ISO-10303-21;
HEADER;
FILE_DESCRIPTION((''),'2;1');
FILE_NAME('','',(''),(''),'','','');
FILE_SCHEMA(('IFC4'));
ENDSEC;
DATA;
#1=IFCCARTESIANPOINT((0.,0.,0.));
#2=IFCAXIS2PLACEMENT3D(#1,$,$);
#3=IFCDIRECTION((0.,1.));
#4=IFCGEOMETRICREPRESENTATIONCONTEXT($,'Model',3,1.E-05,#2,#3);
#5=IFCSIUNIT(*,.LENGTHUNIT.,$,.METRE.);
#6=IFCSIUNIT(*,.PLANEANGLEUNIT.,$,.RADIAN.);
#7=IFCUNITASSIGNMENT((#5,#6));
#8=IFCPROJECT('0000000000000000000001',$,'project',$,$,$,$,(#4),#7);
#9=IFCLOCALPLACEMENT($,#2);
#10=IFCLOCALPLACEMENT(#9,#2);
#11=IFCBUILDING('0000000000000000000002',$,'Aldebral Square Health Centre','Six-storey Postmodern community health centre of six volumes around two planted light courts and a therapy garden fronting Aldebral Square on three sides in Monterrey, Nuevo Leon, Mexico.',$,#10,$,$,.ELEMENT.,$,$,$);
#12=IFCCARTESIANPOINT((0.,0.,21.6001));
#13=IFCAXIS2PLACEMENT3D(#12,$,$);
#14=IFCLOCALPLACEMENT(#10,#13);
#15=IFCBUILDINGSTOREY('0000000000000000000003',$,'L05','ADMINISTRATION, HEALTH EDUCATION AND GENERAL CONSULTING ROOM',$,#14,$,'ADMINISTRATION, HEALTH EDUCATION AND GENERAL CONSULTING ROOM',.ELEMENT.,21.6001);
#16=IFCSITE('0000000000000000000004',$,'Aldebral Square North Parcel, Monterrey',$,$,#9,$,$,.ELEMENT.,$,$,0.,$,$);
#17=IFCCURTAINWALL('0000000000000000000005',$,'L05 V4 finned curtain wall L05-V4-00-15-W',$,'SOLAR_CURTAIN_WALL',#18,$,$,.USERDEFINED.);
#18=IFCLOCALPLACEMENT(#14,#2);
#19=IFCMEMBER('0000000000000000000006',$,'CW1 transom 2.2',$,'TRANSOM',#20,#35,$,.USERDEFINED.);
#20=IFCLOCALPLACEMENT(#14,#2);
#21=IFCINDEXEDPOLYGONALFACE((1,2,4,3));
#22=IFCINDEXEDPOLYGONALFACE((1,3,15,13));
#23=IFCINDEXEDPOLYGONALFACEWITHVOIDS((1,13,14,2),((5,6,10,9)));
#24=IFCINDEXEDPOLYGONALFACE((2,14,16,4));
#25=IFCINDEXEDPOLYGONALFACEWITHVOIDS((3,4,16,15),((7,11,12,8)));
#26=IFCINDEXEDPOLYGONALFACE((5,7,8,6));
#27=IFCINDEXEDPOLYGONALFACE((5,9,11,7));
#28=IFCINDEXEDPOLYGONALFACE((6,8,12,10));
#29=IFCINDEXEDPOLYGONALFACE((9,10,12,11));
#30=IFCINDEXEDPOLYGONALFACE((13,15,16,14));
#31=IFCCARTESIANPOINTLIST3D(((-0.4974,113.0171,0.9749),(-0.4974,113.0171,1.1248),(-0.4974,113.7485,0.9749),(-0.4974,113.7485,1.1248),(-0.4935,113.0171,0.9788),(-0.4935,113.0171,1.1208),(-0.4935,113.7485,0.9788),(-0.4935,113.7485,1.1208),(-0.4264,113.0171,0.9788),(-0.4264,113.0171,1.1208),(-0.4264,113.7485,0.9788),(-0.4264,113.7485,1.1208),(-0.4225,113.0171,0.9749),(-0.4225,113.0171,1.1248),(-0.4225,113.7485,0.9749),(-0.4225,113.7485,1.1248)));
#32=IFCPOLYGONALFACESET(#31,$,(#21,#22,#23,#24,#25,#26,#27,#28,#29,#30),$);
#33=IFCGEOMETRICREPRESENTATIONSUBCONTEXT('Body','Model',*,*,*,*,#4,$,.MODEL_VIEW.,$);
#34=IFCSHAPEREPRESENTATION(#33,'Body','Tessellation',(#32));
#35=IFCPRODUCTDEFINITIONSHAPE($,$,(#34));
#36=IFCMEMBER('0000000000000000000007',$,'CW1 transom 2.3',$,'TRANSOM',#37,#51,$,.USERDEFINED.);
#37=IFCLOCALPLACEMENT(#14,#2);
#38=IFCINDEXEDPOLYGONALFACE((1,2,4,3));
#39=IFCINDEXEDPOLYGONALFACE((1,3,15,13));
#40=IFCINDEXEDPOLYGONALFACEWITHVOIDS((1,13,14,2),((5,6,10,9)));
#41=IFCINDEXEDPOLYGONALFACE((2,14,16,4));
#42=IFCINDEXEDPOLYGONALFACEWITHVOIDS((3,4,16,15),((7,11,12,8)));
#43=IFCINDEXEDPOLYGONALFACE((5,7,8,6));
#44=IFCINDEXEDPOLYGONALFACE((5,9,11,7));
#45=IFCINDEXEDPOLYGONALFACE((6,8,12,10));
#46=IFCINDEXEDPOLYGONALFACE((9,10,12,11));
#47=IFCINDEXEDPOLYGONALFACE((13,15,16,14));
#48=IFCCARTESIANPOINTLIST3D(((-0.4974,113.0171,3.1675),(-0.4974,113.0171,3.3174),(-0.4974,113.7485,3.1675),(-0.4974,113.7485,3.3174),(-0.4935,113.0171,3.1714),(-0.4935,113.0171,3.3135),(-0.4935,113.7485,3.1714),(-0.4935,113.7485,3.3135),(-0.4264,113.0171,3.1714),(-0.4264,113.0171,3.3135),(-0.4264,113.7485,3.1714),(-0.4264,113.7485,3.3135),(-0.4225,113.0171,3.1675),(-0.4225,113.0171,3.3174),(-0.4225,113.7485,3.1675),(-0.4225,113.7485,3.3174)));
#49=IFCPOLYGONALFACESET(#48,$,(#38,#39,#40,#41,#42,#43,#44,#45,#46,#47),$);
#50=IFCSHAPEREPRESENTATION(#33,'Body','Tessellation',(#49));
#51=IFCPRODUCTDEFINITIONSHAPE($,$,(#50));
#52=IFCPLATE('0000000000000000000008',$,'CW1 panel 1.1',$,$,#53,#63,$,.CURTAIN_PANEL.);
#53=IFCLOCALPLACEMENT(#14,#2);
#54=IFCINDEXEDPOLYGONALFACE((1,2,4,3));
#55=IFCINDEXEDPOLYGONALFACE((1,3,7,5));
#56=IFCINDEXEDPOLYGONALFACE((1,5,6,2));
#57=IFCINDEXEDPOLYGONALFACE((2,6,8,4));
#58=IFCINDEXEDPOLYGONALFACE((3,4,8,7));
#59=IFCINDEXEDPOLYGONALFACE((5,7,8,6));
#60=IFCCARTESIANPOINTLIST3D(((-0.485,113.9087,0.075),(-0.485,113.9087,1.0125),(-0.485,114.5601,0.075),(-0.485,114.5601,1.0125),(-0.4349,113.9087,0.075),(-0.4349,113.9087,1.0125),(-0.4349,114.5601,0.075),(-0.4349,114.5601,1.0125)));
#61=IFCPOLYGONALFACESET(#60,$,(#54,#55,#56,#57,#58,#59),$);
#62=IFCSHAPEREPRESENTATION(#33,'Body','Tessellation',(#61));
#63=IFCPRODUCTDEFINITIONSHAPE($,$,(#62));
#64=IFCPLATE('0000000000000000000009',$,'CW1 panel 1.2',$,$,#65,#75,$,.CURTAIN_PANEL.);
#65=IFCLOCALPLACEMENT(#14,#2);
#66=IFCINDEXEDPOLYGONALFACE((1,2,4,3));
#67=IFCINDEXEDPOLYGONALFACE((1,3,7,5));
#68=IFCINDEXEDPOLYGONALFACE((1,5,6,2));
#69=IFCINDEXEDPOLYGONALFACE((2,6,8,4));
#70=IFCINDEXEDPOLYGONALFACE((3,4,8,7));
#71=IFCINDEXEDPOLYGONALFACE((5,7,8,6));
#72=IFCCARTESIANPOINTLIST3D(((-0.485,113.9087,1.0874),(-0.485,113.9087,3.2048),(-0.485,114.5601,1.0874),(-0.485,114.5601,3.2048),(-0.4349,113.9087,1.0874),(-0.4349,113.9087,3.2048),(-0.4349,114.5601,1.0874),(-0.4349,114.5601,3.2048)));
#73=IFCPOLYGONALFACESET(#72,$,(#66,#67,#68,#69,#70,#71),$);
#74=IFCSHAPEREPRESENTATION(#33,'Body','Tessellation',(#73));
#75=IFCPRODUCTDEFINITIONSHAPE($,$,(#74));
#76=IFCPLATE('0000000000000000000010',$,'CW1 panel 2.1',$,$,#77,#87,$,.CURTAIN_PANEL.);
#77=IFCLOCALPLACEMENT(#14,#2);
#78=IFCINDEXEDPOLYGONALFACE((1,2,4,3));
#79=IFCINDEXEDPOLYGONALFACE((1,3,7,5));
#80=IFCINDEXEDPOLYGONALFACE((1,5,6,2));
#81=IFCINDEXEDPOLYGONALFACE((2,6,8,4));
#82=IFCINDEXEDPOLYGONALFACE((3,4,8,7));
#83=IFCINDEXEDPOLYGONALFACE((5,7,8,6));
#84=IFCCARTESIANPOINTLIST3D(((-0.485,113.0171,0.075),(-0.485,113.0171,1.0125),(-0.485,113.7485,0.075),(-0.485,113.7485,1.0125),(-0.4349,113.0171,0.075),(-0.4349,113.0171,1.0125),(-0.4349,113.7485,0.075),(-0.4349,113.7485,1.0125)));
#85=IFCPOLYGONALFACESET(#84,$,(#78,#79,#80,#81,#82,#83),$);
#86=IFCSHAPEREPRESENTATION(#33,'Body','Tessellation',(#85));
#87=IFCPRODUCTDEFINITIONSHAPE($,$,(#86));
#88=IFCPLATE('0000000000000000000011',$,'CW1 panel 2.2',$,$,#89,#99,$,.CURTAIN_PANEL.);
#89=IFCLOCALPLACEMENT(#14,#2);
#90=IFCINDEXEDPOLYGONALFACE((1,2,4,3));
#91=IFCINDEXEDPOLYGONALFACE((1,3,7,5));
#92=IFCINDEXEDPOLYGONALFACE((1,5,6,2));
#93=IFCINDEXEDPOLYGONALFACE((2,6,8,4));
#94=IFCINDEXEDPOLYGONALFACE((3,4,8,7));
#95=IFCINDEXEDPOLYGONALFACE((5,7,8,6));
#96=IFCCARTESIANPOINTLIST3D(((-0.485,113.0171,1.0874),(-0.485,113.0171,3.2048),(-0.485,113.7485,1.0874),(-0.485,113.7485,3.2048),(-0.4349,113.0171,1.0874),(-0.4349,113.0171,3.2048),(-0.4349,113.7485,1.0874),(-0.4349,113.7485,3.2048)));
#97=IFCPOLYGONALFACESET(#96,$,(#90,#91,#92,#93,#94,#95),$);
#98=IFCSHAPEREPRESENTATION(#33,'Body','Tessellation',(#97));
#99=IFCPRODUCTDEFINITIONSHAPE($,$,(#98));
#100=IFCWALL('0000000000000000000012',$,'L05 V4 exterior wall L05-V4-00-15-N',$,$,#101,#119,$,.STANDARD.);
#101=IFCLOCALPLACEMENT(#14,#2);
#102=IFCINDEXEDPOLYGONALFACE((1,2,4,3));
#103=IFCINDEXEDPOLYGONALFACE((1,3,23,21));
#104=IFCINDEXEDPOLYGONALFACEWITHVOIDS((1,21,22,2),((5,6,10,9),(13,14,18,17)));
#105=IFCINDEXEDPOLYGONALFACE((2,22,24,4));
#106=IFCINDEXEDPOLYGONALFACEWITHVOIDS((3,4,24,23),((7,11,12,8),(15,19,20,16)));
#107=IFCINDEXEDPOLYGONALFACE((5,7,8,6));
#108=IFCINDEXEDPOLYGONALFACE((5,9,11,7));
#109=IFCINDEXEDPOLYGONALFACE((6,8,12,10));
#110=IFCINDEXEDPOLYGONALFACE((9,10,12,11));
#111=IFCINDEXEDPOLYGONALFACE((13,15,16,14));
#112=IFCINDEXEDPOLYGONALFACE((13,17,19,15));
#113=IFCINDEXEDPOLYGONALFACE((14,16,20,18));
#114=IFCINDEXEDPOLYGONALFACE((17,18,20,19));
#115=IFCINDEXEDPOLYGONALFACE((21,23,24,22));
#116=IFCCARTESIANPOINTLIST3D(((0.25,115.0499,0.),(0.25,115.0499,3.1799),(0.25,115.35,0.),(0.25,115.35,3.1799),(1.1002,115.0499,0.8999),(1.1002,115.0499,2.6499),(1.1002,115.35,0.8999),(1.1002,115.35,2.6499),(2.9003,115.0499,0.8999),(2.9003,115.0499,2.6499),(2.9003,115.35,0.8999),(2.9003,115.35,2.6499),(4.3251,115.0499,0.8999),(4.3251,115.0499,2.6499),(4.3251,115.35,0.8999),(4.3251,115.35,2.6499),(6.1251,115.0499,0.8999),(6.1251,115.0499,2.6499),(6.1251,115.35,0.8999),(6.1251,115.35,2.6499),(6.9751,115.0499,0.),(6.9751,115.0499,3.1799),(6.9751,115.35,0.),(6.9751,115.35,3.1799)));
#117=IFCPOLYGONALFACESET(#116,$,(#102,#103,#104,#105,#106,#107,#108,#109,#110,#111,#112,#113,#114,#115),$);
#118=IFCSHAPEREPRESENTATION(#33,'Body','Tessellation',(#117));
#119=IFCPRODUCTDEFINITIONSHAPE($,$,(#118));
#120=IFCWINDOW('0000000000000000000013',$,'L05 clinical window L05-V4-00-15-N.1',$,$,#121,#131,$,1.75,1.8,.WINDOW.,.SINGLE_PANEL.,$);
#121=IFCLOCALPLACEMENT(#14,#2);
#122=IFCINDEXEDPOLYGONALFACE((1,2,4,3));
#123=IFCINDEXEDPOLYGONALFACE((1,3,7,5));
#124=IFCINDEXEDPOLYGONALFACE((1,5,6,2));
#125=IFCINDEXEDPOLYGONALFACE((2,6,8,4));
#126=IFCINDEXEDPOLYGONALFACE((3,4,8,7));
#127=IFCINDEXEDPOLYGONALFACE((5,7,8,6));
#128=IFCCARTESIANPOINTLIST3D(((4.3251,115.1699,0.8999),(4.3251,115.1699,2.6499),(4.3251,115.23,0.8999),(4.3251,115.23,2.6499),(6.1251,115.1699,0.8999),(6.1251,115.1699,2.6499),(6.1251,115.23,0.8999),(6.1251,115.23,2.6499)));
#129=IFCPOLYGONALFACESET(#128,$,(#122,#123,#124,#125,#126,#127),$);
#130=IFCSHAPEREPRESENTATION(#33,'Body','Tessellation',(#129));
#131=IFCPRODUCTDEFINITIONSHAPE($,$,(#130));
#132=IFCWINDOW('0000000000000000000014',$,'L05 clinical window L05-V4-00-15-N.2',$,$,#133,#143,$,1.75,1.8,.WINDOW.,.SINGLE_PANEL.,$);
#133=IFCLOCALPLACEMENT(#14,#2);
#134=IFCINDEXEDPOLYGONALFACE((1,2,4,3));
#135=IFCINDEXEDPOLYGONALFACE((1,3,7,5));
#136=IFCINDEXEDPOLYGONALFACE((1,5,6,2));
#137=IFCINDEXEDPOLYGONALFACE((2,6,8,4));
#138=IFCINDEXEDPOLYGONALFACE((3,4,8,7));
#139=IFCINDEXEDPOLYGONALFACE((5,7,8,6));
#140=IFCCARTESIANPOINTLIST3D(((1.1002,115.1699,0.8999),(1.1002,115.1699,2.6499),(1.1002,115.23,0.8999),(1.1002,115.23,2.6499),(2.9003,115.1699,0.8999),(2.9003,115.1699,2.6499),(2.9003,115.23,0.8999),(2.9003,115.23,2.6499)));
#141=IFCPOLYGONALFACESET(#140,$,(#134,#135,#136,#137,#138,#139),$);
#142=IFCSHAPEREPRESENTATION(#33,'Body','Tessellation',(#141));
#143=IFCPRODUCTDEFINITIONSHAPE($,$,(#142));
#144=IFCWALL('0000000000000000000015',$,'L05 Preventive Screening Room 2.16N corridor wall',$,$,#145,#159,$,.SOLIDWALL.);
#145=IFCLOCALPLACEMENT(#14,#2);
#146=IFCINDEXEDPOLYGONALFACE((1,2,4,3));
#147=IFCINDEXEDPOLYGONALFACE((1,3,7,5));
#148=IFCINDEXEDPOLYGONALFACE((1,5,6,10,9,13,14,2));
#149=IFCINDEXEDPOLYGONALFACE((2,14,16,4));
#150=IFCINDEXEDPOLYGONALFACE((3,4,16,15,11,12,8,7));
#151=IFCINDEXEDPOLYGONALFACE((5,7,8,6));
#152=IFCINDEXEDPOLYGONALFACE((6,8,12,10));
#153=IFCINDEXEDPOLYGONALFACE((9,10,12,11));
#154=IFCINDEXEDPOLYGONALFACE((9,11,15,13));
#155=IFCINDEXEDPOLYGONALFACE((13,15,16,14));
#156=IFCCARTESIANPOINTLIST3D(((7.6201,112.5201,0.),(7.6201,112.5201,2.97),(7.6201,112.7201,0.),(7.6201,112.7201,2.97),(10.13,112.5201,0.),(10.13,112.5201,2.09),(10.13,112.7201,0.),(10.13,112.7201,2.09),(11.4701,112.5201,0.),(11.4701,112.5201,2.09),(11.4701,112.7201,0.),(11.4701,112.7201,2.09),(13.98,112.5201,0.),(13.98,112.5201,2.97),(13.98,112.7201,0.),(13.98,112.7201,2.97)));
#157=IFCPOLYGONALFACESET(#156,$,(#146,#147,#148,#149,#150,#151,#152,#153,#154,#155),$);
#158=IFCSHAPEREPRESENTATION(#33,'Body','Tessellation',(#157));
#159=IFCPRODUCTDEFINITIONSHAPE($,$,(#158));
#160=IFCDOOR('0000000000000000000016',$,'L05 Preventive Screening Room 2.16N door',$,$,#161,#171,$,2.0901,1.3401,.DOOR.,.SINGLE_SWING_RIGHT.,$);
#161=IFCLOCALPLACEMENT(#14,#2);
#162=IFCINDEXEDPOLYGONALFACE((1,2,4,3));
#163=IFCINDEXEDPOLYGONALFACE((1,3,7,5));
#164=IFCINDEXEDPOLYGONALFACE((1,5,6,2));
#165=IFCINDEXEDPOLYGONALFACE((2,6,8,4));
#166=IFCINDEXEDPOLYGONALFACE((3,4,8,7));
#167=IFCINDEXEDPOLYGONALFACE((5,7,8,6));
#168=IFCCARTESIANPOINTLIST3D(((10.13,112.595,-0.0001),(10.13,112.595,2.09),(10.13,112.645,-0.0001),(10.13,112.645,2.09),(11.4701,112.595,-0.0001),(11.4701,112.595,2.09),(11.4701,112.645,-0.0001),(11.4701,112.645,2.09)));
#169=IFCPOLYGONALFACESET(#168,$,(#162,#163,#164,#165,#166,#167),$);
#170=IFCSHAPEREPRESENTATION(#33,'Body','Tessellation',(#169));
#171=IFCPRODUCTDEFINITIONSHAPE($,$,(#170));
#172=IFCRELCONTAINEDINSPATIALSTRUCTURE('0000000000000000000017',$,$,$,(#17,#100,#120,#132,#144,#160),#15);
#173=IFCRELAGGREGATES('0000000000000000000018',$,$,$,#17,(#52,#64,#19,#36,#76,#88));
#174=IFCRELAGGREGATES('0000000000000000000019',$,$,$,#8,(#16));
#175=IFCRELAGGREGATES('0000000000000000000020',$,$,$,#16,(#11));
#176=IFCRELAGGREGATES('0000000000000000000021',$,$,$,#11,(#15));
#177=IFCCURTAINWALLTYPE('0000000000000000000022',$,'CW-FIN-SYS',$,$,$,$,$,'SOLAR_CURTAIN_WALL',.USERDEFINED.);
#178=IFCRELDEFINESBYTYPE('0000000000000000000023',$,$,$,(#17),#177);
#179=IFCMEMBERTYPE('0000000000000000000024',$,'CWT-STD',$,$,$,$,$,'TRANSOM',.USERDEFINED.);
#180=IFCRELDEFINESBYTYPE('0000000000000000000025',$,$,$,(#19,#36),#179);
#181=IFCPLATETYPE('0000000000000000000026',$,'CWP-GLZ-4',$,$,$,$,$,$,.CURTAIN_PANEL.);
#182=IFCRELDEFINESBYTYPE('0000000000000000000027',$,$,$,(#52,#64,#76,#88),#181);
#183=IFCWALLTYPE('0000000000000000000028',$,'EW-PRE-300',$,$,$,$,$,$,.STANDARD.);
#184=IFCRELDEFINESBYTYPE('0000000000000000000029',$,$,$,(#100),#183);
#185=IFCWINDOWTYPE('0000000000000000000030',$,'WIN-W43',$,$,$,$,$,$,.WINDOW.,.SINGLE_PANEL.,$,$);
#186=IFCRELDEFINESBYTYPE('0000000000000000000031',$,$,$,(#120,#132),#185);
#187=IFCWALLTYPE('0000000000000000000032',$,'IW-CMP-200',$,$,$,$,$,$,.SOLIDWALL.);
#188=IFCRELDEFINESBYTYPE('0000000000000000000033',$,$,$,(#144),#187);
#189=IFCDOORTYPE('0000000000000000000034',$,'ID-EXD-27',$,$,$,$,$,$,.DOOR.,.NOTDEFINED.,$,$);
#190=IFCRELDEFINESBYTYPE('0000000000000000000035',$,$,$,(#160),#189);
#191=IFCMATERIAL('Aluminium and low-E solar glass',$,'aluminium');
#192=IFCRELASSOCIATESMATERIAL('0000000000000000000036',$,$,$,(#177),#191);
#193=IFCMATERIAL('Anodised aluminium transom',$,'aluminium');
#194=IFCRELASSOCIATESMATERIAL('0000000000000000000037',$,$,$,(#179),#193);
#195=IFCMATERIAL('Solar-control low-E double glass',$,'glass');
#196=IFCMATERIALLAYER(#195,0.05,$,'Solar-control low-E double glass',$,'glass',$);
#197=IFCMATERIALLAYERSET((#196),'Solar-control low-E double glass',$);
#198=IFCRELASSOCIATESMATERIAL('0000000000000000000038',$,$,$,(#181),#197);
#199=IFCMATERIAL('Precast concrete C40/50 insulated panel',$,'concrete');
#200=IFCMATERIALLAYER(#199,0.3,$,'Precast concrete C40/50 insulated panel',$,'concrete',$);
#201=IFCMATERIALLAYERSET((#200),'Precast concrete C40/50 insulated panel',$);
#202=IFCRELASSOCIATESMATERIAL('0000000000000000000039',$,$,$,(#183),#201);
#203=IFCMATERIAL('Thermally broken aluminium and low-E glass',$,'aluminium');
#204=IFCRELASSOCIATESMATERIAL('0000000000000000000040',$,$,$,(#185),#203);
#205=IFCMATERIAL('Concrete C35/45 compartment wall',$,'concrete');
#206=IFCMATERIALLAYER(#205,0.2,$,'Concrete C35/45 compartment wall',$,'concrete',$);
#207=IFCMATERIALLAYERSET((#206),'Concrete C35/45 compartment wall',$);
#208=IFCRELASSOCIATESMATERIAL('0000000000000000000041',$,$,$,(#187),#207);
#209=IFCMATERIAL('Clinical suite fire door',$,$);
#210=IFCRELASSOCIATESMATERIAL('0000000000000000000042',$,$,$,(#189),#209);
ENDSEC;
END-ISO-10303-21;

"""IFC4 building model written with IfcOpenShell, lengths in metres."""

from ifc_helpers import new_model, si_unit, direction, frame, frame_2d, origin, origin_2d, place, context, subcontext, project, spatial, rectangle, hollow_rectangle, extrude, material, layer, layer_set, material_profile, profile_set, type_object, element, fill, aggregate, save


model = new_model("IFC4")

# Units and contexts
model_context = context("Model", 3, precision=1e-05, world=origin(), true_north=direction((0.0, 1.0)))
body_context = subcontext(model_context, "Body", "Model", "MODEL_VIEW")
ifc_project = project(units=[si_unit("LENGTHUNIT", "METRE"), si_unit("PLANEANGLEUNIT", "RADIAN")], contexts=[model_context])

# Site, building, storey
site_placement = place(None, origin())
site = spatial("IfcSite", under=ifc_project, at=site_placement, Name="Aldebral Square North Parcel, Monterrey", CompositionType="ELEMENT", RefElevation=0.0)
building_placement = place(site_placement, origin())
building = spatial("IfcBuilding", under=site, at=building_placement, Name="Aldebral Square Health Centre", Description="Six-storey Postmodern community health centre of six volumes around two planted light courts and a therapy garden fronting Aldebral Square on three sides in Monterrey, Nuevo Leon, Mexico.", CompositionType="ELEMENT")
storey_placement = place(building_placement, frame((0.0, 0.0, 21.6001)))
storey = spatial("IfcBuildingStorey", under=building, at=storey_placement, Name="L05", Description="ADMINISTRATION, HEALTH EDUCATION AND GENERAL CONSULTING ROOM", LongName="ADMINISTRATION, HEALTH EDUCATION AND GENERAL CONSULTING ROOM", CompositionType="ELEMENT", Elevation=21.6001)

# Curtain wall, members, plates
ifc_material_1 = material(Name="Aluminium and low-E solar glass", Category="aluminium")
curtain_wall_type = type_object("IfcCurtainWallType", Name="CW-FIN-SYS", ElementType="SOLAR_CURTAIN_WALL", PredefinedType="USERDEFINED", material=ifc_material_1)
curtain_wall_placement = place(storey_placement, origin())
curtain_wall = element("IfcCurtainWall", 1, at=curtain_wall_placement, inside=storey, type_object=curtain_wall_type, Name="L05 V4 finned curtain wall L05-V4-00-15-W", ObjectType="SOLAR_CURTAIN_WALL", PredefinedType="USERDEFINED")
ifc_material_2 = material(Name="Anodised aluminium transom", Category="aluminium")
ifc_material_profile_1 = material_profile(ifc_material_2, hollow_rectangle(XDim=0.075, YDim=0.1499, WallThickness=0.0039, at=origin_2d()), Name="CWT 75x150x4")
ifc_profile_set_1 = profile_set([ifc_material_profile_1], Name="Anodised aluminium transom")
member_type_1 = type_object("IfcMemberType", Name="CWT-STD", ElementType="TRANSOM", PredefinedType="USERDEFINED", material=ifc_profile_set_1)
member_1_placement = place(storey_placement, frame((-0.46, 113.7485, 1.0498), z_axis=(0.0, -1.0, 0.0), x_axis=(1.0, 0.0, 0.0)))
member_1 = element("IfcMember", 2, at=member_1_placement, type_object=member_type_1, Name="CW1 transom 2.2", ObjectType="TRANSOM", PredefinedType="USERDEFINED", context=body_context, shape_type="SweptSolid", body=[
    extrude(hollow_rectangle(XDim=0.075, YDim=0.1499, WallThickness=0.0039, at=origin_2d()), origin(), (0.0, 0.0, 1.0), 0.7314),
])
member_2_placement = place(storey_placement, frame((-0.46, 113.7485, 3.2424), z_axis=(0.0, -1.0, 0.0), x_axis=(1.0, 0.0, 0.0)))
member_2 = element("IfcMember", 3, at=member_2_placement, type_object=member_type_1, Name="CW1 transom 2.3", ObjectType="TRANSOM", PredefinedType="USERDEFINED", context=body_context, shape_type="SweptSolid", body=[
    extrude(hollow_rectangle(XDim=0.075, YDim=0.1499, WallThickness=0.0039, at=origin_2d()), origin(), (0.0, 0.0, 1.0), 0.7314),
])
ifc_material_3 = material(Name="Solar-control low-E double glass", Category="glass")
ifc_layer_1 = layer(ifc_material_3, 0.05, Name="Solar-control low-E double glass", Category="glass")
ifc_layer_set_1 = layer_set([ifc_layer_1], Name="Solar-control low-E double glass")
plate_type = type_object("IfcPlateType", Name="CWP-GLZ-4", PredefinedType="CURTAIN_PANEL", material=ifc_layer_set_1)
plate_1_placement = place(storey_placement, frame((-0.46, 114.2344, 0.075), z_axis=(0.0, 0.0, 1.0), x_axis=(0.0, -1.0, 0.0)))
plate_1 = element("IfcPlate", 4, at=plate_1_placement, type_object=plate_type, Name="CW1 panel 1.1", PredefinedType="CURTAIN_PANEL", context=body_context, shape_type="SweptSolid", body=[
    extrude(rectangle(XDim=0.6514, YDim=0.05, at=origin_2d()), origin(), (0.0, 0.0, 1.0), 0.9375),
])
plate_2_placement = place(storey_placement, frame((-0.46, 114.2344, 1.0874), z_axis=(0.0, 0.0, 1.0), x_axis=(0.0, -1.0, 0.0)))
plate_2 = element("IfcPlate", 5, at=plate_2_placement, type_object=plate_type, Name="CW1 panel 1.2", PredefinedType="CURTAIN_PANEL", context=body_context, shape_type="SweptSolid", body=[
    extrude(rectangle(XDim=0.6514, YDim=0.05, at=origin_2d()), origin(), (0.0, 0.0, 1.0), 2.1174),
])
plate_3_placement = place(storey_placement, frame((-0.46, 113.3828, 0.075), z_axis=(0.0, 0.0, 1.0), x_axis=(0.0, -1.0, 0.0)))
plate_3 = element("IfcPlate", 6, at=plate_3_placement, type_object=plate_type, Name="CW1 panel 2.1", PredefinedType="CURTAIN_PANEL", context=body_context, shape_type="SweptSolid", body=[
    extrude(rectangle(XDim=0.7314, YDim=0.05, at=origin_2d()), origin(), (0.0, 0.0, 1.0), 0.9375),
])
plate_4_placement = place(storey_placement, frame((-0.46, 113.3828, 1.0874), z_axis=(0.0, 0.0, 1.0), x_axis=(0.0, -1.0, 0.0)))
plate_4 = element("IfcPlate", 7, at=plate_4_placement, type_object=plate_type, Name="CW1 panel 2.2", PredefinedType="CURTAIN_PANEL", context=body_context, shape_type="SweptSolid", body=[
    extrude(rectangle(XDim=0.7314, YDim=0.05, at=origin_2d()), origin(), (0.0, 0.0, 1.0), 2.1174),
])
aggregate(curtain_wall, [plate_1, plate_2, member_1, member_2, plate_3, plate_4])

# Wall, openings, windows
ifc_material_4 = material(Name="Precast concrete C40/50 insulated panel", Category="concrete")
ifc_layer_2 = layer(ifc_material_4, 0.3, Name="Precast concrete C40/50 insulated panel", Category="concrete")
ifc_layer_set_2 = layer_set([ifc_layer_2], Name="Precast concrete C40/50 insulated panel")
wall_type_1 = type_object("IfcWallType", Name="EW-PRE-300", PredefinedType="STANDARD", material=ifc_layer_set_2)
wall_1_placement = place(storey_placement, frame((6.9751, 115.2, 0.0), z_axis=(0.0, 0.0, 1.0), x_axis=(-1.0, 0.0, 0.0)))
wall_1 = element("IfcWall", 8, at=wall_1_placement, inside=storey, type_object=wall_type_1, Name="L05 V4 exterior wall L05-V4-00-15-N", PredefinedType="STANDARD", context=body_context, shape_type="SweptSolid", body=[
    extrude(rectangle(XDim=6.7251, YDim=0.3, at=frame_2d((3.3625, 0.0))), origin(), (0.0, 0.0, 1.0), 3.1799),
])
opening_1_placement = place(wall_1_placement, frame((0.8501, 0.0, 0.8999)))
opening_1 = element("IfcOpeningElement", 9, at=opening_1_placement, cuts=wall_1, PredefinedType="OPENING", context=body_context, shape_type="SweptSolid", body=[
    extrude(rectangle(XDim=1.8, YDim=1.75, at=frame_2d((0.8999, 0.875))), frame((0.0, 0.1602, 0.0), z_axis=(0.0, -1.0, 0.0), x_axis=(1.0, 0.0, 0.0)), (0.0, 0.0, 1.0), 0.3201),
])
opening_2_placement = place(wall_1_placement, frame((4.075, 0.0, 0.8999)))
opening_2 = element("IfcOpeningElement", 10, at=opening_2_placement, cuts=wall_1, PredefinedType="OPENING", context=body_context, shape_type="SweptSolid", body=[
    extrude(rectangle(XDim=1.8, YDim=1.75, at=frame_2d((0.8999, 0.875))), frame((0.0, 0.1602, 0.0), z_axis=(0.0, -1.0, 0.0), x_axis=(1.0, 0.0, 0.0)), (0.0, 0.0, 1.0), 0.3201),
])
ifc_material_5 = material(Name="Thermally broken aluminium and low-E glass", Category="aluminium")
window_type = type_object("IfcWindowType", Name="WIN-W43", PartitioningType="SINGLE_PANEL", PredefinedType="WINDOW", material=ifc_material_5)
window_1_placement = place(opening_1_placement, origin())
window_1 = element("IfcWindow", 11, at=window_1_placement, inside=storey, type_object=window_type, Name="L05 clinical window L05-V4-00-15-N.1", OverallHeight=1.75, OverallWidth=1.8, PartitioningType="SINGLE_PANEL", PredefinedType="WINDOW", context=body_context, shape_type="SweptSolid", body=[
    extrude(rectangle(XDim=1.8, YDim=1.75, at=frame_2d((0.8999, 0.875))), frame((0.0, 0.03, 0.0), z_axis=(0.0, -1.0, 0.0), x_axis=(1.0, 0.0, 0.0)), (0.0, 0.0, 1.0), 0.0601),
])
fill(opening_1, window_1)
window_2_placement = place(opening_2_placement, origin())
window_2 = element("IfcWindow", 12, at=window_2_placement, inside=storey, type_object=window_type, Name="L05 clinical window L05-V4-00-15-N.2", OverallHeight=1.75, OverallWidth=1.8, PartitioningType="SINGLE_PANEL", PredefinedType="WINDOW", context=body_context, shape_type="SweptSolid", body=[
    extrude(rectangle(XDim=1.8, YDim=1.75, at=frame_2d((0.8999, 0.875))), frame((0.0, 0.03, 0.0), z_axis=(0.0, -1.0, 0.0), x_axis=(1.0, 0.0, 0.0)), (0.0, 0.0, 1.0), 0.0601),
])
fill(opening_2, window_2)

# Wall, opening, door
ifc_material_6 = material(Name="Concrete C35/45 compartment wall", Category="concrete")
ifc_layer_3 = layer(ifc_material_6, 0.2, Name="Concrete C35/45 compartment wall", Category="concrete")
ifc_layer_set_3 = layer_set([ifc_layer_3], Name="Concrete C35/45 compartment wall")
wall_type_2 = type_object("IfcWallType", Name="IW-CMP-200", PredefinedType="SOLIDWALL", material=ifc_layer_set_3)
wall_2_placement = place(storey_placement, frame((7.6201, 112.6201, 0.0), z_axis=(0.0, 0.0, 1.0), x_axis=(1.0, 0.0, 0.0)))
wall_2 = element("IfcWall", 13, at=wall_2_placement, inside=storey, type_object=wall_type_2, Name="L05 Preventive Screening Room 2.16N corridor wall", PredefinedType="SOLIDWALL", context=body_context, shape_type="SweptSolid", body=[
    extrude(rectangle(XDim=6.3599, YDim=0.2, at=frame_2d((3.1799, 0.0))), origin(), (0.0, 0.0, 1.0), 2.97),
])
opening_3_placement = place(wall_2_placement, frame((2.51, 0.0, 0.0)))
opening_3 = element("IfcOpeningElement", 14, at=opening_3_placement, cuts=wall_2, PredefinedType="OPENING", context=body_context, shape_type="SweptSolid", body=[
    extrude(rectangle(XDim=1.3401, YDim=2.0901, at=frame_2d((0.6699, 1.0449))), frame((0.0, 0.1099, 0.0), z_axis=(0.0, -1.0, 0.0), x_axis=(1.0, 0.0, 0.0)), (0.0, 0.0, 1.0), 0.22),
])
ifc_material_7 = material(Name="Clinical suite fire door")
door_type_1 = type_object("IfcDoorType", Name="ID-EXD-27", OperationType="NOTDEFINED", PredefinedType="DOOR", material=ifc_material_7)
door_1_placement = place(opening_3_placement, origin())
door_1 = element("IfcDoor", 15, at=door_1_placement, inside=storey, type_object=door_type_1, Name="L05 Preventive Screening Room 2.16N door", OperationType="SINGLE_SWING_RIGHT", OverallHeight=2.0901, OverallWidth=1.3401, PredefinedType="DOOR", context=body_context, shape_type="SweptSolid", body=[
    extrude(rectangle(XDim=1.3401, YDim=2.0901, at=frame_2d((0.6699, 1.0449))), frame((0.0, 0.0249, 0.0), z_axis=(0.0, -1.0, 0.0), x_axis=(1.0, 0.0, 0.0)), (0.0, 0.0, 1.0), 0.05),
])
fill(opening_3, door_1)

save(model, "model.ifc")
